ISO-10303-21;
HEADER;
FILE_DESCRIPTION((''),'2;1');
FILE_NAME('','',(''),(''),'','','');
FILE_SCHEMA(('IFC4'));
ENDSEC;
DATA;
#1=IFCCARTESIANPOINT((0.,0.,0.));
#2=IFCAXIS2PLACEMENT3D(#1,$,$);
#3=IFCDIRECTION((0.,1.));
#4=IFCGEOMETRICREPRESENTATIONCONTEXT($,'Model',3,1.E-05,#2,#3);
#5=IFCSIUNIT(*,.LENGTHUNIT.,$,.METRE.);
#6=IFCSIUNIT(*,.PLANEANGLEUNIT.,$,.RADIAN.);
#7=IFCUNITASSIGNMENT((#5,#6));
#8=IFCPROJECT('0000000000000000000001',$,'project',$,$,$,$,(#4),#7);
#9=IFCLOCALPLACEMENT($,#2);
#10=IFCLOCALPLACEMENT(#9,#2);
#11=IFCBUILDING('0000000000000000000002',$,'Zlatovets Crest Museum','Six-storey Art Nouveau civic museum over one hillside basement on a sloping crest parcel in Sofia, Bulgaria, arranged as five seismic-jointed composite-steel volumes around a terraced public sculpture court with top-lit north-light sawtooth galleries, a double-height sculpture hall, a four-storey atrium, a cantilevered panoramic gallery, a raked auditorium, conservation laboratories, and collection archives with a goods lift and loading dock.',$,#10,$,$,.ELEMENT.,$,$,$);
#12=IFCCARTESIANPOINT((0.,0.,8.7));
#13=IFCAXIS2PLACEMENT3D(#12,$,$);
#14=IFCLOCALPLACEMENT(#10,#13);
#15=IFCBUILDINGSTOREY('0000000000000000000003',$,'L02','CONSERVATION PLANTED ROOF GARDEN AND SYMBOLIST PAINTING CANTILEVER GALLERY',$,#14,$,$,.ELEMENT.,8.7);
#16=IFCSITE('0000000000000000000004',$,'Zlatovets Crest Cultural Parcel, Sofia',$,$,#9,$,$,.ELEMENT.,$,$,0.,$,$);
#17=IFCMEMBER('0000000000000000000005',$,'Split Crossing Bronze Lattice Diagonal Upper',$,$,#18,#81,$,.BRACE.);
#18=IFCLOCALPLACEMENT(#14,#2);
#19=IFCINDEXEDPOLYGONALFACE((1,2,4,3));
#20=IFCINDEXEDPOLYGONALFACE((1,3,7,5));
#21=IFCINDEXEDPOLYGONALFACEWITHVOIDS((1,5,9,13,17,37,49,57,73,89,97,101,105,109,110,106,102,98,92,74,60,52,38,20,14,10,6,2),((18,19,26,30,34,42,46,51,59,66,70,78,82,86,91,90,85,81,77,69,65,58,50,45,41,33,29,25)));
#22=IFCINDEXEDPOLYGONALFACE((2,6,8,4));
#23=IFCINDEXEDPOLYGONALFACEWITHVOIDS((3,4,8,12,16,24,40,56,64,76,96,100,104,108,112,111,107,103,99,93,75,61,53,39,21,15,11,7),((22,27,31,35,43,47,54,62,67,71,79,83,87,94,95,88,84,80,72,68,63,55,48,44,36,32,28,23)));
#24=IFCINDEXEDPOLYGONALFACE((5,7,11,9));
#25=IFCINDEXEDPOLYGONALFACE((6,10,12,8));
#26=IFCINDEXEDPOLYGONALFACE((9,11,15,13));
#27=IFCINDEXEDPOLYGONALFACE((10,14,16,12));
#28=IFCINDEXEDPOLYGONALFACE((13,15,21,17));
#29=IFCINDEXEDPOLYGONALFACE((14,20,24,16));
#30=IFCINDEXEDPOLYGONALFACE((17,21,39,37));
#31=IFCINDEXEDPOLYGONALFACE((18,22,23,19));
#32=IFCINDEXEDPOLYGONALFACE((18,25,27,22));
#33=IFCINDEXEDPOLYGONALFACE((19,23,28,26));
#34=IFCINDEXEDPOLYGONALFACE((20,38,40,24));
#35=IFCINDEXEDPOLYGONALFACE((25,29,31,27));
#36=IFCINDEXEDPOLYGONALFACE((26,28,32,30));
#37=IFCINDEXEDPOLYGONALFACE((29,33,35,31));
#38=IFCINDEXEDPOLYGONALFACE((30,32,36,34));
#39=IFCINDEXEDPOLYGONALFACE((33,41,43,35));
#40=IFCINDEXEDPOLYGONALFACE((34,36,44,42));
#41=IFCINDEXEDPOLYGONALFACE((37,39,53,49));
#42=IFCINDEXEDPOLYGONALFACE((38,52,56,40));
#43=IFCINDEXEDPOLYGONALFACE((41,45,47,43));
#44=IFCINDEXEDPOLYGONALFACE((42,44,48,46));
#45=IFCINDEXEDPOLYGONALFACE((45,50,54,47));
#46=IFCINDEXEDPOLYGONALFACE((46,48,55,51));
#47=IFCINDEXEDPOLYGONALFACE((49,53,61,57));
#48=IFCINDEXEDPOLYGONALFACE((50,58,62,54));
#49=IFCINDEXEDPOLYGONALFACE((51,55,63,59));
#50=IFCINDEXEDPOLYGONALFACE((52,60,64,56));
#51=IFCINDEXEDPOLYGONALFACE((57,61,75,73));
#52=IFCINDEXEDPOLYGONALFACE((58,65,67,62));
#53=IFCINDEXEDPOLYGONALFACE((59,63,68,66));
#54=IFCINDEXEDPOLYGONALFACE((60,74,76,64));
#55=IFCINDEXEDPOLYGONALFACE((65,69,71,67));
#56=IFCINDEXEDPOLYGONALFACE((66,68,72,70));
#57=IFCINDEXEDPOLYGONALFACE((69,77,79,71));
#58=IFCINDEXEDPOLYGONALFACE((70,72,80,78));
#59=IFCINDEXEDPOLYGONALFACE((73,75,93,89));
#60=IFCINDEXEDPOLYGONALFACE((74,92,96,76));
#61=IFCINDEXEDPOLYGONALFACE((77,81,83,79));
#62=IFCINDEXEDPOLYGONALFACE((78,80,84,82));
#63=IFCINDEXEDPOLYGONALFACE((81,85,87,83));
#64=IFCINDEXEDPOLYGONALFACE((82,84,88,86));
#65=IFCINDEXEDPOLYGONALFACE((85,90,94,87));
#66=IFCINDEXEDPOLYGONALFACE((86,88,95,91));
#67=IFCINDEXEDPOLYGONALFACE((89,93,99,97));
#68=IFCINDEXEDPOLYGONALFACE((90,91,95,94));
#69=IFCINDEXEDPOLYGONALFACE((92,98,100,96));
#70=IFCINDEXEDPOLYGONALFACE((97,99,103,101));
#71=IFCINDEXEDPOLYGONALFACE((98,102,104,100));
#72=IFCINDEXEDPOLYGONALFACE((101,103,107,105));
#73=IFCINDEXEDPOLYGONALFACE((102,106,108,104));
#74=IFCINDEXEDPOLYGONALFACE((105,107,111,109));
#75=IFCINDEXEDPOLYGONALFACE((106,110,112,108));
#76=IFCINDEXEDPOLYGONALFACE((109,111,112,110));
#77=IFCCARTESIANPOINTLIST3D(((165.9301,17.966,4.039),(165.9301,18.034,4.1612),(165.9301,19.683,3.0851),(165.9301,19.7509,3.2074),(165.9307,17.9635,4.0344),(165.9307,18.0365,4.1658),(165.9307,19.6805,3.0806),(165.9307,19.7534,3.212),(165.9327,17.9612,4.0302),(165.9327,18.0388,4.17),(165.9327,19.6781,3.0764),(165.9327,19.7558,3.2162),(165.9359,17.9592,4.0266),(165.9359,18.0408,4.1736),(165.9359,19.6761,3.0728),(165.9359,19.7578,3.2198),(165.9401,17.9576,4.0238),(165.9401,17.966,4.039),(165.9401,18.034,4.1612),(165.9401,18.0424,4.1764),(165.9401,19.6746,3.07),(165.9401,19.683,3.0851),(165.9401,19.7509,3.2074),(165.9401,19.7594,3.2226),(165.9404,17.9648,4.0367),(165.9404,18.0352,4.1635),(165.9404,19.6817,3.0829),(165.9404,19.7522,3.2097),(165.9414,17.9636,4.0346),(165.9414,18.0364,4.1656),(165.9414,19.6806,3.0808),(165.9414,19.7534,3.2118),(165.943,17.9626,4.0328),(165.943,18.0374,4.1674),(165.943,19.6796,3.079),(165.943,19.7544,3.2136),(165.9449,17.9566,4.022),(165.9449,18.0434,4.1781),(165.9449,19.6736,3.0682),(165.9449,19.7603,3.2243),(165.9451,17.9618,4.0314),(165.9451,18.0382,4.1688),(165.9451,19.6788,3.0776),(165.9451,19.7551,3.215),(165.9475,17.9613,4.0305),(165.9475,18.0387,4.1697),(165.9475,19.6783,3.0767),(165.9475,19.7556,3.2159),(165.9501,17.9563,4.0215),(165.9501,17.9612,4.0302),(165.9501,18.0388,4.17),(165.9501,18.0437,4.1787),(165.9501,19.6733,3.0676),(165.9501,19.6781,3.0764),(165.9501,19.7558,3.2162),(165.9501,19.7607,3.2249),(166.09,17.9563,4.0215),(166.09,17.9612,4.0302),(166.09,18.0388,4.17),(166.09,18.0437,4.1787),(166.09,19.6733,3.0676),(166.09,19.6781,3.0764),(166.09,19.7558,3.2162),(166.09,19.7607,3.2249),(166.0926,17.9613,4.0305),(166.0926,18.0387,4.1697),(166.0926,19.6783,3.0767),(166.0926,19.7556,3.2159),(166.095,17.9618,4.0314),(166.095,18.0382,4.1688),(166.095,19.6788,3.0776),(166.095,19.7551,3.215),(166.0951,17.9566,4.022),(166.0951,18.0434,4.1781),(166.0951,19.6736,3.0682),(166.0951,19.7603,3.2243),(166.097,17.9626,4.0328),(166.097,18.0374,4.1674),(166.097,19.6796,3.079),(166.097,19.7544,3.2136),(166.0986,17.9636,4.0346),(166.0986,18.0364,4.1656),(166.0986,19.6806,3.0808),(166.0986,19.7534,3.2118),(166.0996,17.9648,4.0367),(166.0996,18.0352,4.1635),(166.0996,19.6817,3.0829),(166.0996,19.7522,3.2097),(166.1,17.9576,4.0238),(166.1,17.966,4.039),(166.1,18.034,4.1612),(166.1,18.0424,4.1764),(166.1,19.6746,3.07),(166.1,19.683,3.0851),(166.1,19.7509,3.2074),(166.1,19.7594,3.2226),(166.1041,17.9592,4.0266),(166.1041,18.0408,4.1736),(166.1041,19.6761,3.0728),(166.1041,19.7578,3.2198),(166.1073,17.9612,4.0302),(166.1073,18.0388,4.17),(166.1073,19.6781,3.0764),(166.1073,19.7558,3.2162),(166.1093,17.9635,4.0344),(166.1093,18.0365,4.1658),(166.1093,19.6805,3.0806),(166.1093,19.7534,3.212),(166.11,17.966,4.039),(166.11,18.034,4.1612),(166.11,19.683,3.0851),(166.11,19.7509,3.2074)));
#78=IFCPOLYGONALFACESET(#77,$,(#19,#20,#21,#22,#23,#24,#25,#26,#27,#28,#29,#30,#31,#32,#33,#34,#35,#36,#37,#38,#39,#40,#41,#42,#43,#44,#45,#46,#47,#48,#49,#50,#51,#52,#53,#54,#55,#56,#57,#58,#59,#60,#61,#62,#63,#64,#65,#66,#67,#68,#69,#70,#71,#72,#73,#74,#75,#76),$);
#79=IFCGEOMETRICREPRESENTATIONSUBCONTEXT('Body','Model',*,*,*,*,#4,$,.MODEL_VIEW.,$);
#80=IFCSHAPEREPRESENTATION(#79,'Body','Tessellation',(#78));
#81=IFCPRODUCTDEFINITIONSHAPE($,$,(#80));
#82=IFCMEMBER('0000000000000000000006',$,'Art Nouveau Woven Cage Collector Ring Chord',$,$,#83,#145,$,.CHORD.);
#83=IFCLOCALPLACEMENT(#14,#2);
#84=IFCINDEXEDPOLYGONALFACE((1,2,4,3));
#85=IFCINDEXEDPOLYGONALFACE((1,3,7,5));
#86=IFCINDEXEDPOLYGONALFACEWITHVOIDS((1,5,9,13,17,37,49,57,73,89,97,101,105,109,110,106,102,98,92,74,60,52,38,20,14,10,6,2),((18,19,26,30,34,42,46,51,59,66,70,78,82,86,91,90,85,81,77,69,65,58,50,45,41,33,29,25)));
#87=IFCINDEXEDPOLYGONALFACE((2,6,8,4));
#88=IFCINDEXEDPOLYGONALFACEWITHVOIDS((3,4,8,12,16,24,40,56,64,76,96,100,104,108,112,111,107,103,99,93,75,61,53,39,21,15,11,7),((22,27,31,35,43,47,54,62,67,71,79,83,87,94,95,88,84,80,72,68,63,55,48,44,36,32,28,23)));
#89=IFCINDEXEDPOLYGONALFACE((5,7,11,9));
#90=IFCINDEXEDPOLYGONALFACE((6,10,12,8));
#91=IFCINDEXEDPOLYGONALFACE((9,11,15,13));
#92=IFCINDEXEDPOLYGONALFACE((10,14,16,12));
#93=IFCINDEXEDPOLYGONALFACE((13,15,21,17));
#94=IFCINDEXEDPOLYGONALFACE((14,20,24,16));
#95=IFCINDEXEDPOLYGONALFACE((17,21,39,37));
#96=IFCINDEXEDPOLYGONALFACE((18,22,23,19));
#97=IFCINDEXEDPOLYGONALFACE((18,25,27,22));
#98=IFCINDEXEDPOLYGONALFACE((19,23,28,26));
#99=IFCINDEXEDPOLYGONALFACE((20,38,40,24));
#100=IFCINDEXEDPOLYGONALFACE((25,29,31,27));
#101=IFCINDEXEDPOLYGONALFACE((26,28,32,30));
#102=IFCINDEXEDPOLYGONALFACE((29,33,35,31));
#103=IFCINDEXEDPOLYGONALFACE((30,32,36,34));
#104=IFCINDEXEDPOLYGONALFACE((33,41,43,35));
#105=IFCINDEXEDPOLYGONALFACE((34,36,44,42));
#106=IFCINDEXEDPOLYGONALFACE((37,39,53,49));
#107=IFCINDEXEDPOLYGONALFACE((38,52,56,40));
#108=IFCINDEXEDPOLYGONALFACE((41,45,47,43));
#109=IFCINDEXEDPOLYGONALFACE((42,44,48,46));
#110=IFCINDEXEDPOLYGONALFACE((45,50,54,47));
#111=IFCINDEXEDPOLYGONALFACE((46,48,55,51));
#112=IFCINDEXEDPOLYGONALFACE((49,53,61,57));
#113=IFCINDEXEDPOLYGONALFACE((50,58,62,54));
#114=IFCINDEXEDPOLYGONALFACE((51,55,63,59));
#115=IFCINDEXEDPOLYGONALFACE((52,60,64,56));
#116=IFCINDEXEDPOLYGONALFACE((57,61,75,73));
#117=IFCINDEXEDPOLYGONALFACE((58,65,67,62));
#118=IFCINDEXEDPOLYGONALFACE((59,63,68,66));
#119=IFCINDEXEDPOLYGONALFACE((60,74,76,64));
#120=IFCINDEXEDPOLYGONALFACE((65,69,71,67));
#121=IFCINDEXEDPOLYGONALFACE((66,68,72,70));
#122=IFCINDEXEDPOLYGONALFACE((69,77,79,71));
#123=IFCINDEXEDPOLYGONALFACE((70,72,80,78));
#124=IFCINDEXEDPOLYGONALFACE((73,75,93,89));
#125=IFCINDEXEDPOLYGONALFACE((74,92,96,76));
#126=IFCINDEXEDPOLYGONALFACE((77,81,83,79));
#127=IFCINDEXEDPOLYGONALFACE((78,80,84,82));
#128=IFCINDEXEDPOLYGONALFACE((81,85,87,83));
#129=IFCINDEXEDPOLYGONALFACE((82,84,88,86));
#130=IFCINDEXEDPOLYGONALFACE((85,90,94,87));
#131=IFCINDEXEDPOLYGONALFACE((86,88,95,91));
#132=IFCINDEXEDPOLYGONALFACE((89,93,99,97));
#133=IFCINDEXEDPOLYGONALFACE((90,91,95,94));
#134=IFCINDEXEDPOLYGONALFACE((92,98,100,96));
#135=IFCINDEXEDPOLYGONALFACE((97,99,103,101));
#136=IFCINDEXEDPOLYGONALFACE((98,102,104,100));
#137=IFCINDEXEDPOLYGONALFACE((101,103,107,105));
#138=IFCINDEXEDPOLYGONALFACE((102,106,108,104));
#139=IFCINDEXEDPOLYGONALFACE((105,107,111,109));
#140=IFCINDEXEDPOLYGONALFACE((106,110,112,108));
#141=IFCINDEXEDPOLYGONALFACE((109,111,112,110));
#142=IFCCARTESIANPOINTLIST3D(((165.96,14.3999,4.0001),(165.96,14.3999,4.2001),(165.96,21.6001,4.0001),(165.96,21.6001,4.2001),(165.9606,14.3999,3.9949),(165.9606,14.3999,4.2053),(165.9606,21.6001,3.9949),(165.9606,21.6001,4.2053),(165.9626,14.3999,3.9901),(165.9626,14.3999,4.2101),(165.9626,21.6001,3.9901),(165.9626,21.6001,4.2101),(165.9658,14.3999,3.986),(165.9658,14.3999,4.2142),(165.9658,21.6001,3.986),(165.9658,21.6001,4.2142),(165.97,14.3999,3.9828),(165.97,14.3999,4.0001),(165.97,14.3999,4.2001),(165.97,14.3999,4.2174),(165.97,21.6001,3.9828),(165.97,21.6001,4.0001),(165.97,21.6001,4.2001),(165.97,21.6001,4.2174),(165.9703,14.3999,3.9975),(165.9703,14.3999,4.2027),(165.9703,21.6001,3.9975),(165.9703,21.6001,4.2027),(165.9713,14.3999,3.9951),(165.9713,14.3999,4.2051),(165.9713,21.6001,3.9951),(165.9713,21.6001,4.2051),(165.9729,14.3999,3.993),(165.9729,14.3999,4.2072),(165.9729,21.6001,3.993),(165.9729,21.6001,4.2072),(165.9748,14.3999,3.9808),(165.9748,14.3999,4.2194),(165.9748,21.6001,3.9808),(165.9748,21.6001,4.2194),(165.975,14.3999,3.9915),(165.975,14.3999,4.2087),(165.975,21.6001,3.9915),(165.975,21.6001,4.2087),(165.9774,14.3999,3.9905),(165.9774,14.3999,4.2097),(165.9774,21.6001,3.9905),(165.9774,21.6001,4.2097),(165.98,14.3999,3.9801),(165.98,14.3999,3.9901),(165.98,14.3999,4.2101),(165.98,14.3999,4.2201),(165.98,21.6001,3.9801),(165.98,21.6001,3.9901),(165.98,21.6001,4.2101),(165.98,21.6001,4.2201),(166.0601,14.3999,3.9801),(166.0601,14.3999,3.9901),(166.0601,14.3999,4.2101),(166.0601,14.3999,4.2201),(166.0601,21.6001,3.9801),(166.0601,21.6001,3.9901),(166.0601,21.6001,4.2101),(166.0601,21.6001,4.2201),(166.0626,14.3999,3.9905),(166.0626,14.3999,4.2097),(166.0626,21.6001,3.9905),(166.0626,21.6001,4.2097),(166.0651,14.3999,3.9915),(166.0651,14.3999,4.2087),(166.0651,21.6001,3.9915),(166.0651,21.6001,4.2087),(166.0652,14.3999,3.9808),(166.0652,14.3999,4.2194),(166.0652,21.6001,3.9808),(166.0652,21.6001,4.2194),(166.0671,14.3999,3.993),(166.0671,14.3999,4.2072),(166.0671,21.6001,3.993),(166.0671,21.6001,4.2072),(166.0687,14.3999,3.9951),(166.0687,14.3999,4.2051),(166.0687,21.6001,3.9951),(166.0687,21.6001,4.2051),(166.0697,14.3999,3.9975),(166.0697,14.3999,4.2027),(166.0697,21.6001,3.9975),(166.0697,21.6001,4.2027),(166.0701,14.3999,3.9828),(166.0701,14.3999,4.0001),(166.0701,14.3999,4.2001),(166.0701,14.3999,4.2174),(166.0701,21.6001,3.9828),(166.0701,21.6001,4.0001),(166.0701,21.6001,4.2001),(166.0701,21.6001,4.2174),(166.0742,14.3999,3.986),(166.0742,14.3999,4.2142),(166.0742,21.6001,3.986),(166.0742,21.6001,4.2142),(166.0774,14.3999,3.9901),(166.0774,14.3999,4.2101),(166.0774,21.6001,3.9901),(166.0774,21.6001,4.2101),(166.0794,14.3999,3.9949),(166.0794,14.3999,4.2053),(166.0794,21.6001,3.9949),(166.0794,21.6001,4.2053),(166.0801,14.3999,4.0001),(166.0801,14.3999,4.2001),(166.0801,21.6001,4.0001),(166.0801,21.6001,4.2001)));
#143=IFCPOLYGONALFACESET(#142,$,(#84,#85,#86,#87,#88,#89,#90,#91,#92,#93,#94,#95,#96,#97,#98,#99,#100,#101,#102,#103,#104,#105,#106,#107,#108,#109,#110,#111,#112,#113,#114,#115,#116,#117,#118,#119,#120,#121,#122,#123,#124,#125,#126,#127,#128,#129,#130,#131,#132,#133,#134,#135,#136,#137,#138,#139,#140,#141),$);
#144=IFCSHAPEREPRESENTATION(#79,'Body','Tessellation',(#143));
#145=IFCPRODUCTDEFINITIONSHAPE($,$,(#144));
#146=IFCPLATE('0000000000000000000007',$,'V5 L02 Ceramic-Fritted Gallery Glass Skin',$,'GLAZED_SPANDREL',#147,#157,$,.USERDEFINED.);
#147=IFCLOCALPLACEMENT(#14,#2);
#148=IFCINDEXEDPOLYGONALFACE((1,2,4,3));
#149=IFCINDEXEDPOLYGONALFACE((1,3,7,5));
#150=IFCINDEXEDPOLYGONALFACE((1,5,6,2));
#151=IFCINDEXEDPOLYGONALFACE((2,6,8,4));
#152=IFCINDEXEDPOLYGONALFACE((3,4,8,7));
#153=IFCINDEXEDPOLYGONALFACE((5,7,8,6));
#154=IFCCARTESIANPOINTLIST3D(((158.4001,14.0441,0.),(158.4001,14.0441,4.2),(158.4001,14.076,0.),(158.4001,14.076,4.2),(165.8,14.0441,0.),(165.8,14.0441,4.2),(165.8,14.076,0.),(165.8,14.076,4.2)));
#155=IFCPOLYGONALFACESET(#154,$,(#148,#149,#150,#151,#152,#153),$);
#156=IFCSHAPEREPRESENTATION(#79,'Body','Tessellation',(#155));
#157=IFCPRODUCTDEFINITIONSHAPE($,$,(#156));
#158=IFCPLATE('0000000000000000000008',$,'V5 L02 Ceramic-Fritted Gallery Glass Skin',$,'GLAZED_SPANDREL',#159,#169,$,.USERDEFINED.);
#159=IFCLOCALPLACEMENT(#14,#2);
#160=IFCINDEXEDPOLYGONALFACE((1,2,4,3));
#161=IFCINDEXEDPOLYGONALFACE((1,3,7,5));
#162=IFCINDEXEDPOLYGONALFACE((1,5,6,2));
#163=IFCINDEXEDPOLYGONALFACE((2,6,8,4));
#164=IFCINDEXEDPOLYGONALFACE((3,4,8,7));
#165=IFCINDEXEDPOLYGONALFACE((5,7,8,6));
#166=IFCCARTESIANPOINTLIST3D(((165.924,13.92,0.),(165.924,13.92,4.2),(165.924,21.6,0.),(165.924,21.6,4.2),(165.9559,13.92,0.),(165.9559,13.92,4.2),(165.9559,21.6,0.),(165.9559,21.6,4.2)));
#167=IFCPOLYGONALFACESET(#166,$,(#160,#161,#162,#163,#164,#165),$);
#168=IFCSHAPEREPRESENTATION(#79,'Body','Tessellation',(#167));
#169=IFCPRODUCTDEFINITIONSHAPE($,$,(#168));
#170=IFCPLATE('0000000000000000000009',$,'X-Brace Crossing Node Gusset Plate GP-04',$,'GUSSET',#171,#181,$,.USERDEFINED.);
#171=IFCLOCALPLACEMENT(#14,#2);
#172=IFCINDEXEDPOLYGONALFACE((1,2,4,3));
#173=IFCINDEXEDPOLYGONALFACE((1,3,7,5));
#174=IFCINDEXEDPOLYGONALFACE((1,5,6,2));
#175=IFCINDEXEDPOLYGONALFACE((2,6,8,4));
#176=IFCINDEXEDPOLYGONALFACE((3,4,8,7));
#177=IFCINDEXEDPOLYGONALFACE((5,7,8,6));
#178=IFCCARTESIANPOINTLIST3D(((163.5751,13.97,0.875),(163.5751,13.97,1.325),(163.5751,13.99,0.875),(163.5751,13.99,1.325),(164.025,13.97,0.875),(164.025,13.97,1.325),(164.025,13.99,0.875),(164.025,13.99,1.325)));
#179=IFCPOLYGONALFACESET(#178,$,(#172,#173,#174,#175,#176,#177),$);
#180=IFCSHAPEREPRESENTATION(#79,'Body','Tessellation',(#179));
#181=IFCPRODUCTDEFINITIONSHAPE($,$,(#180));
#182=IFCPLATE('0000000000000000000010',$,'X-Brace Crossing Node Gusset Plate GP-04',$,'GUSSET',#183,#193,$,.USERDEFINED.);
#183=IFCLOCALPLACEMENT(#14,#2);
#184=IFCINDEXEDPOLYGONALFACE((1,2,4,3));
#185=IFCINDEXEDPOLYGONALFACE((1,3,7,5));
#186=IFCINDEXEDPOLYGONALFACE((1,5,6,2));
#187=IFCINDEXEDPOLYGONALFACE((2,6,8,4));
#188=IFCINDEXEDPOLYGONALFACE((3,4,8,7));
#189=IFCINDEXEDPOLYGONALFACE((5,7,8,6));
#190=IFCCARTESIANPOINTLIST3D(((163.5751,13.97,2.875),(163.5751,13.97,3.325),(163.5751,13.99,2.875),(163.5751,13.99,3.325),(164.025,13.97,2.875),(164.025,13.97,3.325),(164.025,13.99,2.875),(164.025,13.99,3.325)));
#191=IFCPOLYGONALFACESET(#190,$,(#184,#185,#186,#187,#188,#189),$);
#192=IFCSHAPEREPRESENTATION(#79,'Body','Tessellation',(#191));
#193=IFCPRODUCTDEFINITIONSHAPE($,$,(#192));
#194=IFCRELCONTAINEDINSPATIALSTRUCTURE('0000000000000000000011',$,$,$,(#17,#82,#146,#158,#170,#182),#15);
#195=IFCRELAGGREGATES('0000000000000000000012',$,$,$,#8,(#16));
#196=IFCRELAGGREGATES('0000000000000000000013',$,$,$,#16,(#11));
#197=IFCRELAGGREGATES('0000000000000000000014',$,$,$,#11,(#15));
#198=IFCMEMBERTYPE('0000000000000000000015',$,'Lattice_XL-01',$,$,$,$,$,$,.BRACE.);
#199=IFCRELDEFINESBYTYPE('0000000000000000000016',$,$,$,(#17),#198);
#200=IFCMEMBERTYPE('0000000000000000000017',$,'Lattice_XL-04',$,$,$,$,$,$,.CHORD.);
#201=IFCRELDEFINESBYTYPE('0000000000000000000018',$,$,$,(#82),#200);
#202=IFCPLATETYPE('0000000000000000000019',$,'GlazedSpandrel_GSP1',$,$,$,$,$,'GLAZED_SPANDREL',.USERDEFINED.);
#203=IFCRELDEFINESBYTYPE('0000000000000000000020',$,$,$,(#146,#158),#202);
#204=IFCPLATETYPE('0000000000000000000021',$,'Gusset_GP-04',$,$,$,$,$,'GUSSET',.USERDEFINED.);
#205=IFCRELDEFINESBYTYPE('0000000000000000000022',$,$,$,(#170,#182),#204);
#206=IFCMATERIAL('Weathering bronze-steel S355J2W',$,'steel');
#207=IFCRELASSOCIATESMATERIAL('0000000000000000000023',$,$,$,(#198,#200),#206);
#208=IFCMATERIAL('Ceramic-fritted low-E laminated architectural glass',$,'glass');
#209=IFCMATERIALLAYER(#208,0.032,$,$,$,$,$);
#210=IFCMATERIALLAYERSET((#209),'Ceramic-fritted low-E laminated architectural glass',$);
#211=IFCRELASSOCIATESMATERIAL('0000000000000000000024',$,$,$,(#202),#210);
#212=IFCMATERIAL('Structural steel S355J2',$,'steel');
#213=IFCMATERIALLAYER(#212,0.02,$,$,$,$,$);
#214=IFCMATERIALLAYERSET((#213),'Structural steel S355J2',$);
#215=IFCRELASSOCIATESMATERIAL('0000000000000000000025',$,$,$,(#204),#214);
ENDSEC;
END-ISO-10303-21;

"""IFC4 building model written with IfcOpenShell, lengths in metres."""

from ifc_helpers import new_model, si_unit, direction, frame, origin, origin_2d, place, context, subcontext, project, spatial, rectangle, hollow_rectangle, extrude, material, layer, layer_set, material_profile, profile_set, type_object, element, save


model = new_model("IFC4")

# Units and contexts
model_context = context("Model", 3, precision=1e-05, world=origin(), true_north=direction((0.0, 1.0)))
body_context = subcontext(model_context, "Body", "Model", "MODEL_VIEW")
ifc_project = project(units=[si_unit("LENGTHUNIT", "METRE"), si_unit("PLANEANGLEUNIT", "RADIAN")], contexts=[model_context])

# Site, building, storey
site_placement = place(None, origin())
site = spatial("IfcSite", under=ifc_project, at=site_placement, Name="Zlatovets Crest Cultural Parcel, Sofia", CompositionType="ELEMENT", RefElevation=0.0)
building_placement = place(site_placement, origin())
building = spatial("IfcBuilding", under=site, at=building_placement, Name="Zlatovets Crest Museum", Description="Six-storey Art Nouveau civic museum over one hillside basement on a sloping crest parcel in Sofia, Bulgaria, arranged as five seismic-jointed composite-steel volumes around a terraced public sculpture court with top-lit north-light sawtooth galleries, a double-height sculpture hall, a four-storey atrium, a cantilevered panoramic gallery, a raked auditorium, conservation laboratories, and collection archives with a goods lift and loading dock.", CompositionType="ELEMENT")
storey_placement = place(building_placement, frame((0.0, 0.0, 8.7)))
storey = spatial("IfcBuildingStorey", under=building, at=storey_placement, Name="L02", Description="CONSERVATION PLANTED ROOF GARDEN AND SYMBOLIST PAINTING CANTILEVER GALLERY", CompositionType="ELEMENT", Elevation=8.7)

# Shared definitions
ifc_material_1 = material(Name="Structural steel S355J2", Category="steel")

# Members
ifc_material_2 = material(Name="Weathering bronze-steel S355J2W", Category="steel")
ifc_material_profile_1 = material_profile(ifc_material_2, hollow_rectangle(XDim=0.1799, YDim=0.1799, WallThickness=0.01, InnerFilletRadius=0.01, OuterFilletRadius=0.02, at=origin_2d()), Name="SHS 180x180x10.0")
ifc_profile_set_1 = profile_set([ifc_material_profile_1], Name="Weathering bronze-steel S355J2W")
member_type_1 = type_object("IfcMemberType", Name="Lattice_XL-01", PredefinedType="BRACE", material=ifc_profile_set_1)
member_1_placement = place(storey_placement, frame((166.02, 18.0, 4.1001), z_axis=(0.0, 0.874169, -0.485622), x_axis=(-1.0, 0.0, 0.0)))
element("IfcMember", 1, at=member_1_placement, inside=storey, type_object=member_type_1, Name="Split Crossing Bronze Lattice Diagonal Upper", PredefinedType="BRACE", context=body_context, shape_type="SweptSolid", body=[
    extrude(hollow_rectangle(XDim=0.1799, YDim=0.1799, WallThickness=0.01, InnerFilletRadius=0.01, OuterFilletRadius=0.02, at=origin_2d()), origin(), (0.0, 0.0, 1.0), 1.9641),
])
ifc_material_profile_2 = material_profile(ifc_material_2, hollow_rectangle(XDim=0.1201, YDim=0.24, WallThickness=0.01, InnerFilletRadius=0.01, OuterFilletRadius=0.02, at=origin_2d()), Name="RHS 120x240x10.0")
ifc_profile_set_2 = profile_set([ifc_material_profile_2], Name="Weathering bronze-steel S355J2W")
member_type_2 = type_object("IfcMemberType", Name="Lattice_XL-04", PredefinedType="CHORD", material=ifc_profile_set_2)
member_2_placement = place(storey_placement, frame((166.02, 14.3999, 4.1001), z_axis=(0.0, 1.0, 0.0), x_axis=(-1.0, 0.0, 0.0)))
element("IfcMember", 2, at=member_2_placement, inside=storey, type_object=member_type_2, Name="Art Nouveau Woven Cage Collector Ring Chord", PredefinedType="CHORD", context=body_context, shape_type="SweptSolid", body=[
    extrude(hollow_rectangle(XDim=0.1201, YDim=0.24, WallThickness=0.01, InnerFilletRadius=0.01, OuterFilletRadius=0.02, at=origin_2d()), origin(), (0.0, 0.0, 1.0), 7.2002),
])

# Plates
ifc_material_3 = material(Name="Ceramic-fritted low-E laminated architectural glass", Category="glass")
ifc_layer_1 = layer(ifc_material_3, 0.032)
ifc_layer_set_1 = layer_set([ifc_layer_1], Name="Ceramic-fritted low-E laminated architectural glass")
plate_type_1 = type_object("IfcPlateType", Name="GlazedSpandrel_GSP1", ElementType="GLAZED_SPANDREL", PredefinedType="USERDEFINED", material=ifc_layer_set_1)
plate_1_placement = place(storey_placement, frame((162.1001, 14.0601, 0.0), z_axis=(0.0, 0.0, 1.0), x_axis=(1.0, 0.0, 0.0)))
element("IfcPlate", 3, at=plate_1_placement, inside=storey, type_object=plate_type_1, Name="V5 L02 Ceramic-Fritted Gallery Glass Skin", ObjectType="GLAZED_SPANDREL", PredefinedType="USERDEFINED", context=body_context, shape_type="SweptSolid", body=[
    extrude(rectangle(XDim=7.3999, YDim=0.032, at=origin_2d()), origin(), (0.0, 0.0, 1.0), 4.2),
])
plate_2_placement = place(storey_placement, frame((165.9399, 17.76, 0.0), z_axis=(0.0, 0.0, 1.0), x_axis=(0.0, 1.0, 0.0)))
element("IfcPlate", 4, at=plate_2_placement, inside=storey, type_object=plate_type_1, Name="V5 L02 Ceramic-Fritted Gallery Glass Skin", ObjectType="GLAZED_SPANDREL", PredefinedType="USERDEFINED", context=body_context, shape_type="SweptSolid", body=[
    extrude(rectangle(XDim=7.6799, YDim=0.032, at=origin_2d()), origin(), (0.0, 0.0, 1.0), 4.2),
])
ifc_layer_2 = layer(ifc_material_1, 0.02)
ifc_layer_set_2 = layer_set([ifc_layer_2], Name="Structural steel S355J2")
plate_type_2 = type_object("IfcPlateType", Name="Gusset_GP-04", ElementType="GUSSET", PredefinedType="USERDEFINED", material=ifc_layer_set_2)
for number, where, z_axis, x_axis, name in (
    (5, (163.8, 13.98, 0.875), (0.0, 0.0, 1.0), (1.0, 0.0, 0.0), "X-Brace Crossing Node Gusset Plate GP-04"),
    (6, (163.8, 13.98, 2.875), (0.0, 0.0, 1.0), (1.0, 0.0, 0.0), "X-Brace Crossing Node Gusset Plate GP-04"),
):
    element("IfcPlate", number, at=place(storey_placement, frame(where, z_axis=z_axis, x_axis=x_axis)), inside=storey, type_object=plate_type_2, Name=name, ObjectType="GUSSET", PredefinedType="USERDEFINED", context=body_context, shape_type="SweptSolid", body=[
        extrude(rectangle(XDim=0.45, YDim=0.02, at=origin_2d()), origin(), (0.0, 0.0, 1.0), 0.45),
    ])

save(model, "model.ifc")
